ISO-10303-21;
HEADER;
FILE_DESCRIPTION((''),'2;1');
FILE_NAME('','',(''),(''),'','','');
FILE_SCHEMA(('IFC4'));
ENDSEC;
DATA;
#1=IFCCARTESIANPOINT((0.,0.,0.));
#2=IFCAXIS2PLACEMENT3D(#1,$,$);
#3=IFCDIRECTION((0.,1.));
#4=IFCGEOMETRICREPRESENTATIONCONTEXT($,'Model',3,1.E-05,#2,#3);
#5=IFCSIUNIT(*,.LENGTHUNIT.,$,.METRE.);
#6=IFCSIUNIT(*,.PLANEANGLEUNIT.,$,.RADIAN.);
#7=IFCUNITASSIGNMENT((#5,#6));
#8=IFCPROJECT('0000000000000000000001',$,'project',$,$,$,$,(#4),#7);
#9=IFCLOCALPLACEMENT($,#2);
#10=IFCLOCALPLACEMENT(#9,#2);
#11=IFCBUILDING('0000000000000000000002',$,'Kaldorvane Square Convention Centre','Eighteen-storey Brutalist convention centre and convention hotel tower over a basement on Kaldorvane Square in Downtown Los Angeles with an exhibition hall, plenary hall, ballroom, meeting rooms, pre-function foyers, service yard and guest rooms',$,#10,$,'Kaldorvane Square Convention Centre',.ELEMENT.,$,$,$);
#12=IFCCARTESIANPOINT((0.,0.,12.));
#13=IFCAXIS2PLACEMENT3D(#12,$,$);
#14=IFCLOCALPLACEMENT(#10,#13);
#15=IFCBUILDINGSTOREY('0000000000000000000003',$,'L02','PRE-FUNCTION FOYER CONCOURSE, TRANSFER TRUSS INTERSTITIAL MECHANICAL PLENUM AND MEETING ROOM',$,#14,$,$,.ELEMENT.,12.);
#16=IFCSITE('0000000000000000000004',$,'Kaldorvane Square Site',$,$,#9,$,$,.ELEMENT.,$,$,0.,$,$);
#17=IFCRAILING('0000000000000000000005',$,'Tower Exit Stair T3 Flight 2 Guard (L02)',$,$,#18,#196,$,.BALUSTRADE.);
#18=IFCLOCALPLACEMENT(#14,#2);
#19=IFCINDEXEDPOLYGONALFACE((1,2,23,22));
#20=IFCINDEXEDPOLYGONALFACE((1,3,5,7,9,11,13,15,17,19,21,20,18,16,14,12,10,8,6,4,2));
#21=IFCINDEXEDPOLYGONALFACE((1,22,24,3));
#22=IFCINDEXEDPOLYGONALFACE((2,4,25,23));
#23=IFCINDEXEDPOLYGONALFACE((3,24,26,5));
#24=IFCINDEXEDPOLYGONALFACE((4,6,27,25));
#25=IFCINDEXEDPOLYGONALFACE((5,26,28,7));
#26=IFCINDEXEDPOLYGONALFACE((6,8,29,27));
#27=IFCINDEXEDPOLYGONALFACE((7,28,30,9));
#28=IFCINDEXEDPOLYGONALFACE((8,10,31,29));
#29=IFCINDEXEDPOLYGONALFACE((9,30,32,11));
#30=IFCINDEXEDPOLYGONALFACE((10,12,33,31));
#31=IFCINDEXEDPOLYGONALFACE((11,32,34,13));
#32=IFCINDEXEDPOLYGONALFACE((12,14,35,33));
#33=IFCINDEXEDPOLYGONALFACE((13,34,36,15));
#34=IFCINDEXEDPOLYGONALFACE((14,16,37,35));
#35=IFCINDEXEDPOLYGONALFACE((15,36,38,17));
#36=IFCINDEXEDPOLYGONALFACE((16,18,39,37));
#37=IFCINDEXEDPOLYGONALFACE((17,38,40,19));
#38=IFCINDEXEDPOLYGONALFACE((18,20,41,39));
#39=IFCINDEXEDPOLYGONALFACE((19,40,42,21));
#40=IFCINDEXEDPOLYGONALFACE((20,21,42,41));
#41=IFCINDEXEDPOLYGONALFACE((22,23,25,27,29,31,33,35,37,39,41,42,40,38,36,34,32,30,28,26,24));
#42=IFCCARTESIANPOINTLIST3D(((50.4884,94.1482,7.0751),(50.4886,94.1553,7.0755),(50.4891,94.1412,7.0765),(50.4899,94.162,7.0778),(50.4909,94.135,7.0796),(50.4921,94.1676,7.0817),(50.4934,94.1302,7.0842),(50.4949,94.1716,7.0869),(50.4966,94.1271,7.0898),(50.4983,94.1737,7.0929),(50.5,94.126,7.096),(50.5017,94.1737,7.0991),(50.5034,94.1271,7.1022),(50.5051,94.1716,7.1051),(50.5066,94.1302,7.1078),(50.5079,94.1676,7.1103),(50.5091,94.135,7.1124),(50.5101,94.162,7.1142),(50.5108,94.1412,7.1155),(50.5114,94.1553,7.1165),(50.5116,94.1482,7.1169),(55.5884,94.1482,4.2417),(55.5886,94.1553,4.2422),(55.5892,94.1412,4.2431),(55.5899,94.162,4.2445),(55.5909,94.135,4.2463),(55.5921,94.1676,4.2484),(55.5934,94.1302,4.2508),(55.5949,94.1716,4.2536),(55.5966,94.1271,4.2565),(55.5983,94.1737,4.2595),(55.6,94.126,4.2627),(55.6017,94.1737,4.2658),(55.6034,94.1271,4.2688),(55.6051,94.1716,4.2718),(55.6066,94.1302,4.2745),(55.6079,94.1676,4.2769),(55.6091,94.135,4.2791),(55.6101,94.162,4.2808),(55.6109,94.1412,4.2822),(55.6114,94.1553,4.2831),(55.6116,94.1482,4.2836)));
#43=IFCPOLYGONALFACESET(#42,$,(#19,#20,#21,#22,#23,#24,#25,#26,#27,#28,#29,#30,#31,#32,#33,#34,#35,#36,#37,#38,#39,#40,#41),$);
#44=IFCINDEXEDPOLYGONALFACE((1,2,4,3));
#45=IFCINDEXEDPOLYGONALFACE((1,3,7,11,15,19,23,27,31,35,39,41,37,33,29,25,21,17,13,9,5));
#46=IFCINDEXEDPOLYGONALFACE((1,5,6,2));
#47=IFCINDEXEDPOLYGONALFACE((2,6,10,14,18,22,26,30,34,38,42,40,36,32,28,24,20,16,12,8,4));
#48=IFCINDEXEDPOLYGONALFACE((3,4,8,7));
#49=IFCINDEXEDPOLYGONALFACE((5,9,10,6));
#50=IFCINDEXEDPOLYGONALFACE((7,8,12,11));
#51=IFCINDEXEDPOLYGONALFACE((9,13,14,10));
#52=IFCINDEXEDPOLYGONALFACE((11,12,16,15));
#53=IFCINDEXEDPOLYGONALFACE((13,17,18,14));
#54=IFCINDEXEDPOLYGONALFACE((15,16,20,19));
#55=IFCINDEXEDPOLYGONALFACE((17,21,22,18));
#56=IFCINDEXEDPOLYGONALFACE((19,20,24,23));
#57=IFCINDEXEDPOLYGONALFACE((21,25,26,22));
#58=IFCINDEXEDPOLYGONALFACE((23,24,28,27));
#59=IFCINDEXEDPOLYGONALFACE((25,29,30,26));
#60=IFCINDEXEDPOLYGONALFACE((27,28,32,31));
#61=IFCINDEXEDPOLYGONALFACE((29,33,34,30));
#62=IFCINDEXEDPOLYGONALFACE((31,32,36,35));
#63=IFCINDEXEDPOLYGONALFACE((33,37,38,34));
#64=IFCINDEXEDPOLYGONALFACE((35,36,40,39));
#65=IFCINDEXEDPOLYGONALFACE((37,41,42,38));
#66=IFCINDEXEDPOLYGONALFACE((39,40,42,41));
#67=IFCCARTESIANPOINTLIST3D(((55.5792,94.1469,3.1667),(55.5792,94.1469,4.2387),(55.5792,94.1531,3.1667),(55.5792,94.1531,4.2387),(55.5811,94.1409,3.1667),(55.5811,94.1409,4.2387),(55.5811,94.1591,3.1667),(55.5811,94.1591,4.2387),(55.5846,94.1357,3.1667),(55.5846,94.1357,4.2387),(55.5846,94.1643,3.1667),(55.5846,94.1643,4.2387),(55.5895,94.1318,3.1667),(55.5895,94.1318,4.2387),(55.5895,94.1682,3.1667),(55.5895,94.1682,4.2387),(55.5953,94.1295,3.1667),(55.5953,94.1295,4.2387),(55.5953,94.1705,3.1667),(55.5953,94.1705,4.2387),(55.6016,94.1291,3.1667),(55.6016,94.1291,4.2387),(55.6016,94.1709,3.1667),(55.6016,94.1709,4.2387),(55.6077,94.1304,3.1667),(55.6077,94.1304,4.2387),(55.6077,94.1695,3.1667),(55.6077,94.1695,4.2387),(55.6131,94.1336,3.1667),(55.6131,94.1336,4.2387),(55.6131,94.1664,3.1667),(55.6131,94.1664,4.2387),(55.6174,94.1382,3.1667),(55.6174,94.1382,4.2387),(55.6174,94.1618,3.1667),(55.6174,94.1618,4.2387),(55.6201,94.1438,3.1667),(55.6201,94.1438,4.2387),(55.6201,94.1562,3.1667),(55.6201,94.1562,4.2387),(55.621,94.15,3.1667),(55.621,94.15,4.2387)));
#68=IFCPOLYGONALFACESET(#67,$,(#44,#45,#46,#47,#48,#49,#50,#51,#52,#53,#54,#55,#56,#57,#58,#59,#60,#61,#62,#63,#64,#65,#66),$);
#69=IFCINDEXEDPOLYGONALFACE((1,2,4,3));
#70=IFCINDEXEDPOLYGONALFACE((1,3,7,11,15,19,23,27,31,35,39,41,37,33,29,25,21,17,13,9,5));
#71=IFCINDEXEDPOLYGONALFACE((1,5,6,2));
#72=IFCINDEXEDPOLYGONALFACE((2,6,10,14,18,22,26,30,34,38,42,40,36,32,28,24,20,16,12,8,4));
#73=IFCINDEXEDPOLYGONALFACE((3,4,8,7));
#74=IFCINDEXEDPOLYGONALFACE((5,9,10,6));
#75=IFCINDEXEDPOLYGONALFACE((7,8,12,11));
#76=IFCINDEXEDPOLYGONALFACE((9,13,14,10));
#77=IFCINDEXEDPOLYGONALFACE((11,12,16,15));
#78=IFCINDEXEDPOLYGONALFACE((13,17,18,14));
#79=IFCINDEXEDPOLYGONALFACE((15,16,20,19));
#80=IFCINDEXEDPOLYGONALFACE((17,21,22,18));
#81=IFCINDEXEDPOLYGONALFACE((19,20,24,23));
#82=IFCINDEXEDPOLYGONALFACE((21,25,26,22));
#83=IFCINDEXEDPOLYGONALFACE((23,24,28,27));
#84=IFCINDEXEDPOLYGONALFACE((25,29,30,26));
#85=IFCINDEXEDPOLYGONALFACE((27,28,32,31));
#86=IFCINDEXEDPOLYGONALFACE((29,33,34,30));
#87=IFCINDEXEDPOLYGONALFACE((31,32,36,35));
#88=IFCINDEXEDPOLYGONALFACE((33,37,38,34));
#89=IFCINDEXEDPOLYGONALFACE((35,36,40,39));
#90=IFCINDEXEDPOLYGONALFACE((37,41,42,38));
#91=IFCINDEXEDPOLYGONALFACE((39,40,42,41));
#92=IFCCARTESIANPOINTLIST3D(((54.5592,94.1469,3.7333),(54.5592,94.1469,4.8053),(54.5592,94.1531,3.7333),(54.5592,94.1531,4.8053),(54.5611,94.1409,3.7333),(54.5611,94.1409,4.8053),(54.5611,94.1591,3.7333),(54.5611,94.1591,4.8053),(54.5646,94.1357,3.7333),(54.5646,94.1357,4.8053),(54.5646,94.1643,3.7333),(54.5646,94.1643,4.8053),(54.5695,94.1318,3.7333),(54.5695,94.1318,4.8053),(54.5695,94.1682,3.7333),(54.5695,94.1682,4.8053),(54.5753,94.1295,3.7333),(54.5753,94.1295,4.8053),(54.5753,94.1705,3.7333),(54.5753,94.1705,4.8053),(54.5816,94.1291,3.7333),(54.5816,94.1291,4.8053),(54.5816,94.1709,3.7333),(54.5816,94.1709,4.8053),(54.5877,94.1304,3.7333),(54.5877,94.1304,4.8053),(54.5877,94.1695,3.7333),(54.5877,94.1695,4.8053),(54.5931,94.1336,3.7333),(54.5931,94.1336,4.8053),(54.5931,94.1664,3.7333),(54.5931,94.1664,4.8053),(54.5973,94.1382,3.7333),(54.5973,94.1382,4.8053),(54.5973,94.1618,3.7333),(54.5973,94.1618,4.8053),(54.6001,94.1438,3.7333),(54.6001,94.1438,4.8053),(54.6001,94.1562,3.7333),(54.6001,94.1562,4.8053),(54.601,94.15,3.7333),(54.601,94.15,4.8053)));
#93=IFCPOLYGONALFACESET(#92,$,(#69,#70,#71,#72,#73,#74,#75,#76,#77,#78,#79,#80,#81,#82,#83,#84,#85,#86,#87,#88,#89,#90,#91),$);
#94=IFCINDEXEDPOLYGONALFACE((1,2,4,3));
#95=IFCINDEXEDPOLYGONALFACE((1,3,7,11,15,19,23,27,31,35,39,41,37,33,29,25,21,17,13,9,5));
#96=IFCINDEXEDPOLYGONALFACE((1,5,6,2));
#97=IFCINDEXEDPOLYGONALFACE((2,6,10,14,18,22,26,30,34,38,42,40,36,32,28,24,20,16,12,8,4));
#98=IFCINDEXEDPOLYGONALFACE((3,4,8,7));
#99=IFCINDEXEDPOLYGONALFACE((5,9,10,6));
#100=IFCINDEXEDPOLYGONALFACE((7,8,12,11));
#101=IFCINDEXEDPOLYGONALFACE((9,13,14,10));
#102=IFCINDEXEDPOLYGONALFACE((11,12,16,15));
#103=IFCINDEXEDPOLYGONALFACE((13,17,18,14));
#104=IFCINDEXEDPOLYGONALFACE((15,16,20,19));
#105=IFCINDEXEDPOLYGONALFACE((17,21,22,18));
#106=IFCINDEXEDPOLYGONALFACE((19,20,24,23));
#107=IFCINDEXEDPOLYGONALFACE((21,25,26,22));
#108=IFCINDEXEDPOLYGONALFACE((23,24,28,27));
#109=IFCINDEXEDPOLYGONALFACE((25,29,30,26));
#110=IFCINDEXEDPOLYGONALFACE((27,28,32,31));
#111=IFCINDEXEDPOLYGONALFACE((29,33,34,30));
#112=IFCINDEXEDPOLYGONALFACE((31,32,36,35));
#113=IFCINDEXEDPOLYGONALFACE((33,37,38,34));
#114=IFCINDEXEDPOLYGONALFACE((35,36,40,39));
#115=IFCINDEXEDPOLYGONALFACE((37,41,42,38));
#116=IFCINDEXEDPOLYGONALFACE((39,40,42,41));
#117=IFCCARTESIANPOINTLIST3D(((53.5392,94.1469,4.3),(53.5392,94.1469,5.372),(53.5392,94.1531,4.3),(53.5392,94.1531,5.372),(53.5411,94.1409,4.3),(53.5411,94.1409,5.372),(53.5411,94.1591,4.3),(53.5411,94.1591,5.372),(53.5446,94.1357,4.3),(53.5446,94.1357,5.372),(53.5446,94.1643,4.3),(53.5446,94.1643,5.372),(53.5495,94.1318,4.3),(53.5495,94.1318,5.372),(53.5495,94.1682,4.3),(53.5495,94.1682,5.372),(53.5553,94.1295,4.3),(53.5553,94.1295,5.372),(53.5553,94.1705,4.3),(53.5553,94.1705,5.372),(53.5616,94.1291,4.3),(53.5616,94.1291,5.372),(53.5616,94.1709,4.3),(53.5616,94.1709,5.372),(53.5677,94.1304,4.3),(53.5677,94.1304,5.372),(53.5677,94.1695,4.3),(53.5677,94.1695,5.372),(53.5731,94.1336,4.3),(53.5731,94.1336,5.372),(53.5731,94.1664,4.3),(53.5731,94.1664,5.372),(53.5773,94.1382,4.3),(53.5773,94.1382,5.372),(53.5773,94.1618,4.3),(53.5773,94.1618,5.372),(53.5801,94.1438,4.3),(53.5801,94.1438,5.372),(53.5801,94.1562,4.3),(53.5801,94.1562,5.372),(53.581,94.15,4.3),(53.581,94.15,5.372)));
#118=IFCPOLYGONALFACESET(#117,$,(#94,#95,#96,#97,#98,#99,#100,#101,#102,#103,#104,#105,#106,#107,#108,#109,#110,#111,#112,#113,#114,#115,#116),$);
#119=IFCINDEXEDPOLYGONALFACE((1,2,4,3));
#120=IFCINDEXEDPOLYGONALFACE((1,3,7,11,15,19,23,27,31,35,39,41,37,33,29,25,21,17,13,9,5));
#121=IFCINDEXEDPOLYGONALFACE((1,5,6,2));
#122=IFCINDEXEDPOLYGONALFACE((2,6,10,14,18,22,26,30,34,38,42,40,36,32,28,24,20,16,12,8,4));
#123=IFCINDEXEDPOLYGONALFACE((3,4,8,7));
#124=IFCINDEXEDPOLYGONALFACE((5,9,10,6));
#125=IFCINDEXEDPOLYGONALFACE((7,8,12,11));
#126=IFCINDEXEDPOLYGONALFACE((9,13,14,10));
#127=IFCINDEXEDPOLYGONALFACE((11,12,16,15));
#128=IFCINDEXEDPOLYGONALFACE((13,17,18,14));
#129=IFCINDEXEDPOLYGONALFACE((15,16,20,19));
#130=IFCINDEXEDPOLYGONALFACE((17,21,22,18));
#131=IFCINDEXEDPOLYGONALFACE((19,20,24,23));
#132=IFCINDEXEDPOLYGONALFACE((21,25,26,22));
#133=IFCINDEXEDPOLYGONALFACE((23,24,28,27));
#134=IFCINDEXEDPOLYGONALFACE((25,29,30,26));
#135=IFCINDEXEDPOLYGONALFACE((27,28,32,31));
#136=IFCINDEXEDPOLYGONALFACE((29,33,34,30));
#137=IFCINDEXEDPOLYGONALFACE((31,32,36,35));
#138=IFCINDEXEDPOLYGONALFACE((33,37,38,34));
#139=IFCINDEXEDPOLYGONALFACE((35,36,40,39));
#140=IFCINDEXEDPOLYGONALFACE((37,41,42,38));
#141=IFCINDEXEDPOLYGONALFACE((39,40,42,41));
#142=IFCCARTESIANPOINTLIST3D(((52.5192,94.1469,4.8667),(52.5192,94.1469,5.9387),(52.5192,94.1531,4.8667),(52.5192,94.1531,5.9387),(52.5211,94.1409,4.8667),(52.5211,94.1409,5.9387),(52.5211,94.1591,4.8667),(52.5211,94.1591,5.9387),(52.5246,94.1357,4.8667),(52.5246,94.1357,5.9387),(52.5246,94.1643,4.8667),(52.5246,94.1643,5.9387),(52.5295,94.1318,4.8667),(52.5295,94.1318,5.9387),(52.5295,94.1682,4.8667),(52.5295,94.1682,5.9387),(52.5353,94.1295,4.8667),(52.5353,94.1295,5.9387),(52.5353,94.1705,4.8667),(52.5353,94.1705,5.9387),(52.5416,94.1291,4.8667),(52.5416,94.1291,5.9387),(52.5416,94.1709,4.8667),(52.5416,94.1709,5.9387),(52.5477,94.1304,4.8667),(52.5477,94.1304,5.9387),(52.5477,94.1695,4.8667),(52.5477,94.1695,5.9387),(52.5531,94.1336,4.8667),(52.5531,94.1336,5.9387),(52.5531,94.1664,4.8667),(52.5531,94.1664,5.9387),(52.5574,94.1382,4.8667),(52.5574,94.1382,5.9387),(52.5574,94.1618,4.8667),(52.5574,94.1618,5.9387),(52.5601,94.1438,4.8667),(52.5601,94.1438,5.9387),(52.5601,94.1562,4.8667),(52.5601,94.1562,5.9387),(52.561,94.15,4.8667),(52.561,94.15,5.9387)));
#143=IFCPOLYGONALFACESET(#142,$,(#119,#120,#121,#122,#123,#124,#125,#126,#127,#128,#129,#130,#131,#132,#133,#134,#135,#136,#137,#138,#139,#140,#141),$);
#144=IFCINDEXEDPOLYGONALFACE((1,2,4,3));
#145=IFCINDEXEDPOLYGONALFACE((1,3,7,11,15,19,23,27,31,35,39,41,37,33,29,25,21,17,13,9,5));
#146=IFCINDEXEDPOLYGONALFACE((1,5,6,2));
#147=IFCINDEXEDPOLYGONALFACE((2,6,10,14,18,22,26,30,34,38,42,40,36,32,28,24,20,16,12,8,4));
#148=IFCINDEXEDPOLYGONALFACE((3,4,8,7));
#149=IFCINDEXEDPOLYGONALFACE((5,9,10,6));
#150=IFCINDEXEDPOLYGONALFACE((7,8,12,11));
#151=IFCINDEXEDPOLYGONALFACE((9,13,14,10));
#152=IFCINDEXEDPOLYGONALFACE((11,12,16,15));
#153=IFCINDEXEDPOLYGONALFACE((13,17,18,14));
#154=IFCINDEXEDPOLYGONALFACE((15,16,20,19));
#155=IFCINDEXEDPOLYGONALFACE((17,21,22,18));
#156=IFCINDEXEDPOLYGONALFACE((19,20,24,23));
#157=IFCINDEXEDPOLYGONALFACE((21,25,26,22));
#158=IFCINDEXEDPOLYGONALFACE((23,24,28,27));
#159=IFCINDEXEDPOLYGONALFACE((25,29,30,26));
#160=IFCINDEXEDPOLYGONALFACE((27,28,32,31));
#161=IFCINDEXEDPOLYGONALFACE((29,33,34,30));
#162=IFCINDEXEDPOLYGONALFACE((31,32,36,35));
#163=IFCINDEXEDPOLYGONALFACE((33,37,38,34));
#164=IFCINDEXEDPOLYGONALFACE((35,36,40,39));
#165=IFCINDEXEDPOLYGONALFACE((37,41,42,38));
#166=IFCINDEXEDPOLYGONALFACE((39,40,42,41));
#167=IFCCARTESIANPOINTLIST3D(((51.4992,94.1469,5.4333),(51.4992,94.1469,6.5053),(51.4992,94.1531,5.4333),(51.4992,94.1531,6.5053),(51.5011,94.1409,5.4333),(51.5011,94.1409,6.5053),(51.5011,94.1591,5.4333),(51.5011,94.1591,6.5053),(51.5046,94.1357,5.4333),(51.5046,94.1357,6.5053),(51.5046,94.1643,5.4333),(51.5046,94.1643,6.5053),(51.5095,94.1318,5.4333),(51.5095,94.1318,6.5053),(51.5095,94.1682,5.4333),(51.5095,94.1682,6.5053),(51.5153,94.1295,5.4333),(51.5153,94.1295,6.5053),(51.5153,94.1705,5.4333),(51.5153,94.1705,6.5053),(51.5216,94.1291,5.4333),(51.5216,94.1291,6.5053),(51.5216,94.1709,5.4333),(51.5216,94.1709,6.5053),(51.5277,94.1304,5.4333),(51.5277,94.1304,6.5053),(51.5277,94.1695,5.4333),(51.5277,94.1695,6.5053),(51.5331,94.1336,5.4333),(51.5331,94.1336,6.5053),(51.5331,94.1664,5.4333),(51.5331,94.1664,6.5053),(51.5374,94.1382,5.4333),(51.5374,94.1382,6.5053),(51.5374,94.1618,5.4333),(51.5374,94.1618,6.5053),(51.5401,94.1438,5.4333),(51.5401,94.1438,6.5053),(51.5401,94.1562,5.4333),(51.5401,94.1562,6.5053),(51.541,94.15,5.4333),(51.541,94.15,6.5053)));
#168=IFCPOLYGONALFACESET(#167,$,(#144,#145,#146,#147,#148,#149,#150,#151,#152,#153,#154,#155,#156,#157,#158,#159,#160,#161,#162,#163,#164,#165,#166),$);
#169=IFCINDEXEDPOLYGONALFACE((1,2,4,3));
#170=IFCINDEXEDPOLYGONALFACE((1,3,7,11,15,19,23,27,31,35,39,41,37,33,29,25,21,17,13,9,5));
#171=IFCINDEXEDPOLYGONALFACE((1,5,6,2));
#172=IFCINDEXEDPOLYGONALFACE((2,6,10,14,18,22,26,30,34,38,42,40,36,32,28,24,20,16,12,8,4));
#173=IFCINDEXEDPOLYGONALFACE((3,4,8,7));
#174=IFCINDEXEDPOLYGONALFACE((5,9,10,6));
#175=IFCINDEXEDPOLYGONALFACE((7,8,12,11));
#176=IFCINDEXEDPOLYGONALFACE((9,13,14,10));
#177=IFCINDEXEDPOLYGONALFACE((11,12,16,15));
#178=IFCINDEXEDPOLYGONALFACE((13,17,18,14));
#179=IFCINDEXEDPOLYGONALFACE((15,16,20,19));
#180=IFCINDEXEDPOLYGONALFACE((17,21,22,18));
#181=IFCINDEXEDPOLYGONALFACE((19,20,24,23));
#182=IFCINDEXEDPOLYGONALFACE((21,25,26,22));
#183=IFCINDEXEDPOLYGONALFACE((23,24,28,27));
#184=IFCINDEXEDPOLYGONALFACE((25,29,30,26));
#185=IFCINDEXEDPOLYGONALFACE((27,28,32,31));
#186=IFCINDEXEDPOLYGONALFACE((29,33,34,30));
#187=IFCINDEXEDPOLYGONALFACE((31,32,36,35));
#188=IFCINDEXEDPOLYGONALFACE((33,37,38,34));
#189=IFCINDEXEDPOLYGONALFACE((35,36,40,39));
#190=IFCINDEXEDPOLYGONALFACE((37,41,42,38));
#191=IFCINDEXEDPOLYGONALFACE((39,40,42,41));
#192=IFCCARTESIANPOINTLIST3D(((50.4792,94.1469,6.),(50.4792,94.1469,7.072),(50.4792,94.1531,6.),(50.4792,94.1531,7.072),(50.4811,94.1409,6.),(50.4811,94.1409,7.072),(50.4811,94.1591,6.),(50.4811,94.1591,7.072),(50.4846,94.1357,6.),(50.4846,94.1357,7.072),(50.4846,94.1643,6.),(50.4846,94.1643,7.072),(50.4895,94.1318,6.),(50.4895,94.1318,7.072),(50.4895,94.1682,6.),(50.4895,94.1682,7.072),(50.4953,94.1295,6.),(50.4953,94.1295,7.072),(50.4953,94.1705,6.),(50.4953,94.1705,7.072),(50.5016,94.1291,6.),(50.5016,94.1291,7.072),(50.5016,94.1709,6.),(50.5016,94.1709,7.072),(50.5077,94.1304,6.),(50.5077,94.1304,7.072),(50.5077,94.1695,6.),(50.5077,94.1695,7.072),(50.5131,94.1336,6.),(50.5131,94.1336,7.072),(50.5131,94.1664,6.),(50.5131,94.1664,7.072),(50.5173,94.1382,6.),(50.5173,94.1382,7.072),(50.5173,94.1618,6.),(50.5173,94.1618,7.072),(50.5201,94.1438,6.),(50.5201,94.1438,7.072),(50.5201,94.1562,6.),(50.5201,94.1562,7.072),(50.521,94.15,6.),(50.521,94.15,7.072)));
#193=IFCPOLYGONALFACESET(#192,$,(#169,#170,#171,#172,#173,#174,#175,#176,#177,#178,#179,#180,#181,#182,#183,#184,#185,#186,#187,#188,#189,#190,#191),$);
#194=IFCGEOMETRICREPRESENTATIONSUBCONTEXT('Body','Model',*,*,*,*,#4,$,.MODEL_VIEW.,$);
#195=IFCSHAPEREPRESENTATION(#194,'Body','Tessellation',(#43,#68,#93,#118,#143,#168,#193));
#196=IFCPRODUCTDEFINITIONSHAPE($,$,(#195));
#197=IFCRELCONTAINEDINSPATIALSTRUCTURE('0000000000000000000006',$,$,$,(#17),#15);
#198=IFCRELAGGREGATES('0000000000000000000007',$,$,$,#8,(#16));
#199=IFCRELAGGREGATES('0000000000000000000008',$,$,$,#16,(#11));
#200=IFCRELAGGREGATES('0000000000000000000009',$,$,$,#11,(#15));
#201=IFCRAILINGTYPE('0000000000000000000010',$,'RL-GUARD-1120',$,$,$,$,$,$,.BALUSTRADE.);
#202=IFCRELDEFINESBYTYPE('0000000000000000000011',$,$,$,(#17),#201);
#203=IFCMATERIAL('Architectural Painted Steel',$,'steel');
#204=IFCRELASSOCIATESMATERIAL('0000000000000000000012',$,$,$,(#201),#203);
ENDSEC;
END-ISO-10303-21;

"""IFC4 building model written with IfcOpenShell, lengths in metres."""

from ifc_helpers import new_model, si_unit, direction, frame, origin, origin_2d, place, context, subcontext, project, spatial, circle, extrude, material, type_object, element, save


model = new_model("IFC4")

# Units and contexts
model_context = context("Model", 3, precision=1e-05, world=origin(), true_north=direction((0.0, 1.0)))
body_context = subcontext(model_context, "Body", "Model", "MODEL_VIEW")
ifc_project = project(units=[si_unit("LENGTHUNIT", "METRE"), si_unit("PLANEANGLEUNIT", "RADIAN")], contexts=[model_context])

# Site, building, storey
site_placement = place(None, origin())
site = spatial("IfcSite", under=ifc_project, at=site_placement, Name="Kaldorvane Square Site", CompositionType="ELEMENT", RefElevation=0.0)
building_placement = place(site_placement, origin())
building = spatial("IfcBuilding", under=site, at=building_placement, Name="Kaldorvane Square Convention Centre", Description="Eighteen-storey Brutalist convention centre and convention hotel tower over a basement on Kaldorvane Square in Downtown Los Angeles with an exhibition hall, plenary hall, ballroom, meeting rooms, pre-function foyers, service yard and guest rooms", LongName="Kaldorvane Square Convention Centre", CompositionType="ELEMENT")
storey_placement = place(building_placement, frame((0.0, 0.0, 12.0)))
storey = spatial("IfcBuildingStorey", under=building, at=storey_placement, Name="L02", Description="PRE-FUNCTION FOYER CONCOURSE, TRANSFER TRUSS INTERSTITIAL MECHANICAL PLENUM AND MEETING ROOM", CompositionType="ELEMENT", Elevation=12.0)

# Railing
ifc_material_1 = material(Name="Architectural Painted Steel", Category="steel")
railing_type_1 = type_object("IfcRailingType", Name="RL-GUARD-1120", PredefinedType="BALUSTRADE", material=ifc_material_1)
railing_1_placement = place(storey_placement, frame((55.6, 94.15, 3.1667)))
element("IfcRailing", 1, at=railing_1_placement, inside=storey, type_object=railing_type_1, Name="Tower Exit Stair T3 Flight 2 Guard (L02)", PredefinedType="BALUSTRADE", context=body_context, shape_type="SweptSolid", body=[
    extrude(circle(Radius=0.024, at=origin_2d()), frame((0.0, 0.0, 1.096), z_axis=(-0.874158, 0.0, 0.485642), x_axis=(0.0, -1.0, 0.0)), (0.0, 0.0, 1.0), 5.8342),
    extrude(circle(Radius=0.021, at=origin_2d()), origin(), (0.0, 0.0, 1.0), 1.072),
    extrude(circle(Radius=0.021, at=origin_2d()), frame((-1.02, 0.0, 0.5667)), (0.0, 0.0, 1.0), 1.072),
    extrude(circle(Radius=0.021, at=origin_2d()), frame((-2.04, 0.0, 1.1333)), (0.0, 0.0, 1.0), 1.072),
    extrude(circle(Radius=0.021, at=origin_2d()), frame((-3.06, 0.0, 1.7)), (0.0, 0.0, 1.0), 1.072),
    extrude(circle(Radius=0.021, at=origin_2d()), frame((-4.08, 0.0, 2.2667)), (0.0, 0.0, 1.0), 1.072),
    extrude(circle(Radius=0.021, at=origin_2d()), frame((-5.1, 0.0, 2.8333)), (0.0, 0.0, 1.0), 1.072),
])

save(model, "model.ifc")
